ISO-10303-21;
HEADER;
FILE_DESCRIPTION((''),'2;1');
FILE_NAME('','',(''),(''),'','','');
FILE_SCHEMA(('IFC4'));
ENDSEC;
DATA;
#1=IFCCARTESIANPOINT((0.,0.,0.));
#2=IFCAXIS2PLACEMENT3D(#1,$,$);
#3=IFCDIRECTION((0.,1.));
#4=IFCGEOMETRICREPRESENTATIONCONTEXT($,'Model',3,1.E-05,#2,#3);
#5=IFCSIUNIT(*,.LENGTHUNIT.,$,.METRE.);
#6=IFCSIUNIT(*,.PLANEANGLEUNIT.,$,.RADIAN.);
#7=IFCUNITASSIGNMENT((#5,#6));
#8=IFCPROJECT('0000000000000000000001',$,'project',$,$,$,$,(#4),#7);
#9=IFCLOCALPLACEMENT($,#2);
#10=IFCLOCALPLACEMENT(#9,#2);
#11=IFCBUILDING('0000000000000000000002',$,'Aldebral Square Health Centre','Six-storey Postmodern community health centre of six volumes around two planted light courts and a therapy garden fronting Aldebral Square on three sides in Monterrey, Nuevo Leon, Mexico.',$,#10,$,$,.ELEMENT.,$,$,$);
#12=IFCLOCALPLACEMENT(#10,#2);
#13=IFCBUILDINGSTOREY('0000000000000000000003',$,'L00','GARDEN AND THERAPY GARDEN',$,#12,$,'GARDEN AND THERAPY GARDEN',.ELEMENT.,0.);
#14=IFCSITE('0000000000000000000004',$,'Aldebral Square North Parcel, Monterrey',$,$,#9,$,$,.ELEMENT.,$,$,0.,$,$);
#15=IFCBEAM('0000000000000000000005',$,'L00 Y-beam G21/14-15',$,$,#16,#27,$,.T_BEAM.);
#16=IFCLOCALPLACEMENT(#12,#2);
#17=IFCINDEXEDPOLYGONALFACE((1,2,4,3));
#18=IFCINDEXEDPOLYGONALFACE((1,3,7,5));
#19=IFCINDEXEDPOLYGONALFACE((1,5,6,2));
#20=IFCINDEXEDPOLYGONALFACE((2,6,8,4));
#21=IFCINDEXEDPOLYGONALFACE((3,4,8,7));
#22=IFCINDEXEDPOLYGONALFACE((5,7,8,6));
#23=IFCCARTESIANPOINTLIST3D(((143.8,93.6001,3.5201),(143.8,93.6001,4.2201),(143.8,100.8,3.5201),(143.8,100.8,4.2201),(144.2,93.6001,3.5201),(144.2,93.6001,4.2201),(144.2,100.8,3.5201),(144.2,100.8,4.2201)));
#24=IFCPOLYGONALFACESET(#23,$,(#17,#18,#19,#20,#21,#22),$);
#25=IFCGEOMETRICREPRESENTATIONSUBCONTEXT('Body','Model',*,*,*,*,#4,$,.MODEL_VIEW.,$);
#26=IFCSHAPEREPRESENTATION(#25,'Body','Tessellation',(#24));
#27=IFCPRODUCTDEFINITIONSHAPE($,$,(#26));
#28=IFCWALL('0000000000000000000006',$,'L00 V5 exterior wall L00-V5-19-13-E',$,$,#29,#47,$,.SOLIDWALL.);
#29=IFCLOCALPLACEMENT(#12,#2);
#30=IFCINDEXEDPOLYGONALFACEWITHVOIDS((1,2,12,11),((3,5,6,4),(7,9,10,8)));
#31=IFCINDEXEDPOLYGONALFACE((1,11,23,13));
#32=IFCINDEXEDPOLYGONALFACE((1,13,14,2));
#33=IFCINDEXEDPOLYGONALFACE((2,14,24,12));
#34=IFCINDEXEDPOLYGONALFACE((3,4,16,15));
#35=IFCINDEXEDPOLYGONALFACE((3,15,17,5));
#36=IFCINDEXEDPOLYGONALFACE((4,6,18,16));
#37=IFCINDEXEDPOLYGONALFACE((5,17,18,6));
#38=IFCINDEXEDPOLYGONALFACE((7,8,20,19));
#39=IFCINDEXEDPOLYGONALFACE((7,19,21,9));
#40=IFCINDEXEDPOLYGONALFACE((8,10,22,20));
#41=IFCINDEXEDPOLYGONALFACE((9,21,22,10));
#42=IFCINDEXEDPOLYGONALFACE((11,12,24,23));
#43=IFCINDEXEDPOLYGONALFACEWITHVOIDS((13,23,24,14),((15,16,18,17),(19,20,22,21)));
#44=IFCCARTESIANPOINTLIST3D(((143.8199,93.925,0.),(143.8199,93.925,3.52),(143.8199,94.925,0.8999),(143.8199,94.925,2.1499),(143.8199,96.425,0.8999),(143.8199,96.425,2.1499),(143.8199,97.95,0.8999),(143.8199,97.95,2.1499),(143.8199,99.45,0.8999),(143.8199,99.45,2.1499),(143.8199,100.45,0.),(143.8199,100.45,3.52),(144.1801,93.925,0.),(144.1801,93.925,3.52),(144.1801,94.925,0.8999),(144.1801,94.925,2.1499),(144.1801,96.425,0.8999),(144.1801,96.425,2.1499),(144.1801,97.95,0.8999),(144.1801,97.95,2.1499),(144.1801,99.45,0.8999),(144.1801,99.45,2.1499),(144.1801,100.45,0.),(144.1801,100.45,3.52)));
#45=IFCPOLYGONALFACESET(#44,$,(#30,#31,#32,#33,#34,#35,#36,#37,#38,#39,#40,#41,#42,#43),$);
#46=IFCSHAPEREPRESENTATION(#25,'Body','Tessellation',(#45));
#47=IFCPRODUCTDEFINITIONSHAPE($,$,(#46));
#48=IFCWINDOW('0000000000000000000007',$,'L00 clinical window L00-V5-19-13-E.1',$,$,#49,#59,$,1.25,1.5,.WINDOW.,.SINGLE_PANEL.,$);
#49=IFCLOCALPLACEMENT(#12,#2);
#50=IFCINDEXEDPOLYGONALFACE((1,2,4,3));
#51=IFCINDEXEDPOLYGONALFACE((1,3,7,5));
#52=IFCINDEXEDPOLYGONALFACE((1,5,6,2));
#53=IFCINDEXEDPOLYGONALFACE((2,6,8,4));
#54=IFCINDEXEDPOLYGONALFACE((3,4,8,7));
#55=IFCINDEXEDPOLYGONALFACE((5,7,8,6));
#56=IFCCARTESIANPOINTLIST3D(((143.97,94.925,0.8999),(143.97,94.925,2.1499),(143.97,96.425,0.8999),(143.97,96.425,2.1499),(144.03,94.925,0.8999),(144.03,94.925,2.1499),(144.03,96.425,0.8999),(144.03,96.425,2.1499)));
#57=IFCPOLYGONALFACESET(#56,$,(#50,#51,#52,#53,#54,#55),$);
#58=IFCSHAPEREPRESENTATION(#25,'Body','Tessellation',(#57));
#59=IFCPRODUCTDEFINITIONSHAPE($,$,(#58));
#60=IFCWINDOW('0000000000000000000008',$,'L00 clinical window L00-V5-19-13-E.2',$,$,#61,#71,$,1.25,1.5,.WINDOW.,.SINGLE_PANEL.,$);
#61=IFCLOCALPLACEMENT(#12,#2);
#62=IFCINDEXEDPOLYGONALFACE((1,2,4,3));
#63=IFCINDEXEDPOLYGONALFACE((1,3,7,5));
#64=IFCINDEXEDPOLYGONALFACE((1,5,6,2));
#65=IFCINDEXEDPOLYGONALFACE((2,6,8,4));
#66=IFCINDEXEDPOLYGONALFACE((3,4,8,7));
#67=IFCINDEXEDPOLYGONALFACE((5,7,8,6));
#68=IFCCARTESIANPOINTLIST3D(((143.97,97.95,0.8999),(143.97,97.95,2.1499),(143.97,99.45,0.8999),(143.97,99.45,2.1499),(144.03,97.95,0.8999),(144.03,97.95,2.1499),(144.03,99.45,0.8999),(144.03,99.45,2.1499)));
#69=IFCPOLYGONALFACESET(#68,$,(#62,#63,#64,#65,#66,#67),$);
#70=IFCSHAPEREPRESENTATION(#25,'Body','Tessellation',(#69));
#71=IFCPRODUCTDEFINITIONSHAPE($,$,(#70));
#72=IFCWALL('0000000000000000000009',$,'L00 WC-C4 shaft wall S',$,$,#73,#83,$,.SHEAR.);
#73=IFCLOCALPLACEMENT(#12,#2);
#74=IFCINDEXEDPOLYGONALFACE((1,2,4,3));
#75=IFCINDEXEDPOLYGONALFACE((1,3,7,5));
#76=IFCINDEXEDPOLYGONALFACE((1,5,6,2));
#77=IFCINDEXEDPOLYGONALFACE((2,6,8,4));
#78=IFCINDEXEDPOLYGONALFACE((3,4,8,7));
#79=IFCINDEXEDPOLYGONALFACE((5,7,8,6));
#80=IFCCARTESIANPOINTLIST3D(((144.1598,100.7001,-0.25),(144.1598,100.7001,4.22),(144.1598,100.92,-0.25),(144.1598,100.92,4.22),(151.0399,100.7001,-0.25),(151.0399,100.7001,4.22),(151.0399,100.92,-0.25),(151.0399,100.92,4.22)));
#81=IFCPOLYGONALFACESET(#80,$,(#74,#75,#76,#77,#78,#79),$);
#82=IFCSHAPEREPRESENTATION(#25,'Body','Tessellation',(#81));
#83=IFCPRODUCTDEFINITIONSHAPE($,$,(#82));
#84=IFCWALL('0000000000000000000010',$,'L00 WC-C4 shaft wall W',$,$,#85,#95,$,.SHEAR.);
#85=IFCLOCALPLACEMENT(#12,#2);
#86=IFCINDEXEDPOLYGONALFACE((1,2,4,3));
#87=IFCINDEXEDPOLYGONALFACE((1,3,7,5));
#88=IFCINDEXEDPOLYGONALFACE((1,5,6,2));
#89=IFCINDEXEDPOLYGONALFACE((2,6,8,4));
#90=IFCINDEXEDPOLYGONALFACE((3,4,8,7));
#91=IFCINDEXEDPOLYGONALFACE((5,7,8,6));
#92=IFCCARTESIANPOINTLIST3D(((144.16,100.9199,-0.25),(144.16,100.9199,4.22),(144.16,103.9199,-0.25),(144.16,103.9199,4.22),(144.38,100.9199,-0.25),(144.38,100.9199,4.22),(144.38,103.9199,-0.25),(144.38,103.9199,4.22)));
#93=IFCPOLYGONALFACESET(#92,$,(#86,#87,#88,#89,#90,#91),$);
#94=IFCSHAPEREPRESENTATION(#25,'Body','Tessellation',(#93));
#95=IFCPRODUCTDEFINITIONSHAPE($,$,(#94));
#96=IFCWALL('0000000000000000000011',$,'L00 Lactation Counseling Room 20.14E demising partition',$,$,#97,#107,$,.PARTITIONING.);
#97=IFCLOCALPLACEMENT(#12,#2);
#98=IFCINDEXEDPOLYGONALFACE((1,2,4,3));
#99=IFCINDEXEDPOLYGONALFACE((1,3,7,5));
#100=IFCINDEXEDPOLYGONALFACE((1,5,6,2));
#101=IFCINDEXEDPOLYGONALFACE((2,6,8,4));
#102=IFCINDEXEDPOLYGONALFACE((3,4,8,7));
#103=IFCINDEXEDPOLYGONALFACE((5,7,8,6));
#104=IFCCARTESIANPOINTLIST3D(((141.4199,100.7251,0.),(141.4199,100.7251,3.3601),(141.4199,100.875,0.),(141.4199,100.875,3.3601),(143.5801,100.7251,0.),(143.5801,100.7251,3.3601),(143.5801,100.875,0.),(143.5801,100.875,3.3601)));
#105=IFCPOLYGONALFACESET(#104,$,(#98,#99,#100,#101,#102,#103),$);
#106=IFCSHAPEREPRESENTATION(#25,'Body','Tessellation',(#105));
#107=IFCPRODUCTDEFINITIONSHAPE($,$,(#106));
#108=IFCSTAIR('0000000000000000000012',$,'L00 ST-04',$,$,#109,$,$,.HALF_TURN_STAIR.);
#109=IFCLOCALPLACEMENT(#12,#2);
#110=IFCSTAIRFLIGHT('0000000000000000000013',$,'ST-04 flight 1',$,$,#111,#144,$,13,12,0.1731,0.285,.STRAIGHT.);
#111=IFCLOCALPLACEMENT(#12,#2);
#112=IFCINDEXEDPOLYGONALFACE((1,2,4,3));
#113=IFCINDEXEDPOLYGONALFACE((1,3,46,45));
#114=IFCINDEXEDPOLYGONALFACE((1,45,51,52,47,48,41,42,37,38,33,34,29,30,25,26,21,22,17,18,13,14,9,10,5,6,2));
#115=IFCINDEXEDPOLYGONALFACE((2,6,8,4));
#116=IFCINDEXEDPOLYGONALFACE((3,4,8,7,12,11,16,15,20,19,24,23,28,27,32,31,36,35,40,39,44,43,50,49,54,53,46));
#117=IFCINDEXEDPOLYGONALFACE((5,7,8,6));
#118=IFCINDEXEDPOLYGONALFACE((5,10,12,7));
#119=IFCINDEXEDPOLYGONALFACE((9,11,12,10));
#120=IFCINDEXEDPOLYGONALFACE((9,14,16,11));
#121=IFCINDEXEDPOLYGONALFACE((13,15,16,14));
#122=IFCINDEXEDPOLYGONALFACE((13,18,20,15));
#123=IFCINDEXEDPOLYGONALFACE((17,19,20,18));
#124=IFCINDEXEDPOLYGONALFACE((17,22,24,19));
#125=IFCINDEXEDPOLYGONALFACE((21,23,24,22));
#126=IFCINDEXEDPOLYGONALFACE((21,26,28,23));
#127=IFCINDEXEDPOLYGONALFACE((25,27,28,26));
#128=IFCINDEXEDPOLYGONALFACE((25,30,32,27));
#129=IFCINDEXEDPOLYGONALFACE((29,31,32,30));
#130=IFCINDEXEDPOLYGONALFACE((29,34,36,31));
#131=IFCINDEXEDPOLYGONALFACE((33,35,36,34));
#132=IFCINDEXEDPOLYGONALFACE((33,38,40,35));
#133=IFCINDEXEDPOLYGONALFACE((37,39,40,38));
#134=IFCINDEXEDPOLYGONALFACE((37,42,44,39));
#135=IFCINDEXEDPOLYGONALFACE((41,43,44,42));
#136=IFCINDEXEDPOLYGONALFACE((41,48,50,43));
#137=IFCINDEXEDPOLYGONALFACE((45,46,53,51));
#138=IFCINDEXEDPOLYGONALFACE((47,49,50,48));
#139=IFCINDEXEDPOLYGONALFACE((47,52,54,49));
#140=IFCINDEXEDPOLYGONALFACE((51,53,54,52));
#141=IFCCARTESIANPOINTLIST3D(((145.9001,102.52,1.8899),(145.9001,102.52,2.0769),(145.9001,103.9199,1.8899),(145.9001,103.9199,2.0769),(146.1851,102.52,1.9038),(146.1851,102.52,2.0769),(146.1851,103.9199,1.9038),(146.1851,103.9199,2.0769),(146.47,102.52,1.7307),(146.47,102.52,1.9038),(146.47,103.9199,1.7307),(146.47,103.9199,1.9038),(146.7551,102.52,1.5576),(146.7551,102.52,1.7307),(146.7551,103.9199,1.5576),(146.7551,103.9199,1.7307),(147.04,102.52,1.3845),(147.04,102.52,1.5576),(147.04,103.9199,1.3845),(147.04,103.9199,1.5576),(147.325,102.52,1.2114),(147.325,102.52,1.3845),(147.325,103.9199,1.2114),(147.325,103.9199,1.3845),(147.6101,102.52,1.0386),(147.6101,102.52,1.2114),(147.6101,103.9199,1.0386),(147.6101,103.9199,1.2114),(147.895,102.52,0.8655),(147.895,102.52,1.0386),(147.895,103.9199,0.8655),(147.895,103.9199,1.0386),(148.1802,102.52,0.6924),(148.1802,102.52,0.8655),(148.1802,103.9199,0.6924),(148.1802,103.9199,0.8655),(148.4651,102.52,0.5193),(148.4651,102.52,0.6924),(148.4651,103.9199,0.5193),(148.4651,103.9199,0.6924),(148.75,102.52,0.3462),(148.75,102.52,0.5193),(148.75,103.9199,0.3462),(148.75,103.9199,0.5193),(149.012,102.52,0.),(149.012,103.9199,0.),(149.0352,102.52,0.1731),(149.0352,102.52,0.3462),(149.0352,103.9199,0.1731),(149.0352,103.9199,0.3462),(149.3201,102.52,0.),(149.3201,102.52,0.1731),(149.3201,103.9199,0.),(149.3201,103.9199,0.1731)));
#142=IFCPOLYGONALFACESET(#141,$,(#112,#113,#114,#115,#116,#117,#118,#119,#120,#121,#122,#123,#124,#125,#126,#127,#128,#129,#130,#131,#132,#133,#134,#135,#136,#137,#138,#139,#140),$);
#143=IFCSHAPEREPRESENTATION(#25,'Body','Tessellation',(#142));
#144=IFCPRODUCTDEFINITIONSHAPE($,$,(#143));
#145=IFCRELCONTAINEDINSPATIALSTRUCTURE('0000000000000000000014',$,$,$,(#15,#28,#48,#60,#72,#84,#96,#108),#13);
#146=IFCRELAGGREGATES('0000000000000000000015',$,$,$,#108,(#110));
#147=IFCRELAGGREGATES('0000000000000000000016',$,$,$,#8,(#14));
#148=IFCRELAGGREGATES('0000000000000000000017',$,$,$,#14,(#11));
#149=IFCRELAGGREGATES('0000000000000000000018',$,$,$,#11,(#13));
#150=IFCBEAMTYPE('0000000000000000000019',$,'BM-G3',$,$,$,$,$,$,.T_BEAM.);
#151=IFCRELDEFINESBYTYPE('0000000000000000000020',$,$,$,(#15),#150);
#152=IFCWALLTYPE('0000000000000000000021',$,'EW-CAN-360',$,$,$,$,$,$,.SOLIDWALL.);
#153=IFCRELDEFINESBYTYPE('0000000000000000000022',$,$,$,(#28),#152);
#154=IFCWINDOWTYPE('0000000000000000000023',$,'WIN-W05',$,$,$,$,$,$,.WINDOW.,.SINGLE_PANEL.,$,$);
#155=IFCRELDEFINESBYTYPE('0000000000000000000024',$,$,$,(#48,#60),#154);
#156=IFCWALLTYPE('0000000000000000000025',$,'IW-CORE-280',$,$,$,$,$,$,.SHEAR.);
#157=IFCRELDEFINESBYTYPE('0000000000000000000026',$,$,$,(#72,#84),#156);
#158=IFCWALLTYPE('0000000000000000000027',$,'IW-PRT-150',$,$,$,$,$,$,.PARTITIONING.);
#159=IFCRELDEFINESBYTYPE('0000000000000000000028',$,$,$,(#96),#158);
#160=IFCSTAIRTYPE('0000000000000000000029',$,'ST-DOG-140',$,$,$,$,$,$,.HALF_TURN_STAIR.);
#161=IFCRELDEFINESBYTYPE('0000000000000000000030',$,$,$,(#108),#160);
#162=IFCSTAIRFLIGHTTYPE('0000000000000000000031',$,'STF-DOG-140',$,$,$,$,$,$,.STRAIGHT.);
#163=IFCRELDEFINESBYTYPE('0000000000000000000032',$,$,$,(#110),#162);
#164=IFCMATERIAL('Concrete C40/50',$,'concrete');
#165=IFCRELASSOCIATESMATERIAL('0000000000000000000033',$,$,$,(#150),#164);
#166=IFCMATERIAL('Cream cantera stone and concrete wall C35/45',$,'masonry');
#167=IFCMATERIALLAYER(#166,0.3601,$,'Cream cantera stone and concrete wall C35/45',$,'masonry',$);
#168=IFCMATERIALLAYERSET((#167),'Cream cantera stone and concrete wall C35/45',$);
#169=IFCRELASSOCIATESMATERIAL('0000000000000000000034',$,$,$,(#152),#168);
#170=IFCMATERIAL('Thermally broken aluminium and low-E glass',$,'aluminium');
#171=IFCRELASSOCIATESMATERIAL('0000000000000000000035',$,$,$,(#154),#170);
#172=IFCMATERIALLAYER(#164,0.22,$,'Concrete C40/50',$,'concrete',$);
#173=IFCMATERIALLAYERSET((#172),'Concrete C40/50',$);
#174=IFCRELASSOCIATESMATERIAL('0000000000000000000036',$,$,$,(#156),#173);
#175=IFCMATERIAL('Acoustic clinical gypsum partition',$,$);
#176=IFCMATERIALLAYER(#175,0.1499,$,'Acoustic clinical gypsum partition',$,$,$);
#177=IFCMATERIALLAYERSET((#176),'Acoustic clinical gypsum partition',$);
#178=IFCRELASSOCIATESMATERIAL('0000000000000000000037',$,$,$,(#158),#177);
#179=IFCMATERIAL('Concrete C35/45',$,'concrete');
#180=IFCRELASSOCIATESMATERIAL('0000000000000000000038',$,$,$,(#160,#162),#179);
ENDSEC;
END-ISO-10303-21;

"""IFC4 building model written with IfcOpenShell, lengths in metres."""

from ifc_helpers import new_model, si_unit, direction, frame, frame_2d, origin, origin_2d, place, context, subcontext, project, spatial, polyline, rectangle, outline, extrude, material, layer, layer_set, material_profile, profile_set, type_object, element, fill, aggregate, save


model = new_model("IFC4")

# Units and contexts
model_context = context("Model", 3, precision=1e-05, world=origin(), true_north=direction((0.0, 1.0)))
body_context = subcontext(model_context, "Body", "Model", "MODEL_VIEW")
ifc_project = project(units=[si_unit("LENGTHUNIT", "METRE"), si_unit("PLANEANGLEUNIT", "RADIAN")], contexts=[model_context])

# Site, building, storey
site_placement = place(None, origin())
site = spatial("IfcSite", under=ifc_project, at=site_placement, Name="Aldebral Square North Parcel, Monterrey", CompositionType="ELEMENT", RefElevation=0.0)
building_placement = place(site_placement, origin())
building = spatial("IfcBuilding", under=site, at=building_placement, Name="Aldebral Square Health Centre", Description="Six-storey Postmodern community health centre of six volumes around two planted light courts and a therapy garden fronting Aldebral Square on three sides in Monterrey, Nuevo Leon, Mexico.", CompositionType="ELEMENT")
storey_placement = place(building_placement, origin())
storey = spatial("IfcBuildingStorey", under=building, at=storey_placement, Name="L00", Description="GARDEN AND THERAPY GARDEN", LongName="GARDEN AND THERAPY GARDEN", CompositionType="ELEMENT", Elevation=0.0)

# Shared definitions
ifc_material_1 = material(Name="Concrete C35/45", Category="concrete")

# Shared definitions
ifc_material_2 = material(Name="Concrete C40/50", Category="concrete")

# Beam
ifc_material_profile_1 = material_profile(ifc_material_2, rectangle(XDim=0.3999, YDim=0.7, at=origin_2d()), Name="RC 400x700")
ifc_profile_set_1 = profile_set([ifc_material_profile_1], Name="Concrete C40/50")
beam_type_1 = type_object("IfcBeamType", Name="BM-G3", PredefinedType="T_BEAM", material=ifc_profile_set_1)
beam_1_placement = place(storey_placement, frame((144.0, 93.6001, 3.8701), z_axis=(0.0, 1.0, 0.0), x_axis=(-1.0, 0.0, 0.0)))
element("IfcBeam", 1, at=beam_1_placement, inside=storey, type_object=beam_type_1, Name="L00 Y-beam G21/14-15", PredefinedType="T_BEAM", context=body_context, shape_type="SweptSolid", body=[
    extrude(rectangle(XDim=0.3999, YDim=0.7, at=origin_2d()), origin(), (0.0, 0.0, 1.0), 7.2),
])

# Wall, openings, windows
ifc_material_3 = material(Name="Cream cantera stone and concrete wall C35/45", Category="masonry")
ifc_layer_1 = layer(ifc_material_3, 0.3601, Name="Cream cantera stone and concrete wall C35/45", Category="masonry")
ifc_layer_set_1 = layer_set([ifc_layer_1], Name="Cream cantera stone and concrete wall C35/45")
wall_type_1 = type_object("IfcWallType", Name="EW-CAN-360", PredefinedType="SOLIDWALL", material=ifc_layer_set_1)
wall_1_placement = place(storey_placement, frame((144.0, 93.925, 0.0), z_axis=(0.0, 0.0, 1.0), x_axis=(0.0, 1.0, 0.0)))
wall_1 = element("IfcWall", 2, at=wall_1_placement, inside=storey, type_object=wall_type_1, Name="L00 V5 exterior wall L00-V5-19-13-E", PredefinedType="SOLIDWALL", context=body_context, shape_type="SweptSolid", body=[
    extrude(rectangle(XDim=6.5249, YDim=0.3601, at=frame_2d((3.2625, 0.0))), origin(), (0.0, 0.0, 1.0), 3.52),
])
opening_1_placement = place(wall_1_placement, frame((1.0, 0.0, 0.8999)))
opening_1 = element("IfcOpeningElement", 3, at=opening_1_placement, cuts=wall_1, PredefinedType="OPENING", context=body_context, shape_type="SweptSolid", body=[
    extrude(rectangle(XDim=1.5, YDim=1.25, at=frame_2d((0.75, 0.625))), frame((0.0, 0.1899, 0.0), z_axis=(0.0, -1.0, 0.0), x_axis=(1.0, 0.0, 0.0)), (0.0, 0.0, 1.0), 0.3801),
])
opening_2_placement = place(wall_1_placement, frame((4.0249, 0.0, 0.8999)))
opening_2 = element("IfcOpeningElement", 4, at=opening_2_placement, cuts=wall_1, PredefinedType="OPENING", context=body_context, shape_type="SweptSolid", body=[
    extrude(rectangle(XDim=1.5, YDim=1.25, at=frame_2d((0.75, 0.625))), frame((0.0, 0.1899, 0.0), z_axis=(0.0, -1.0, 0.0), x_axis=(1.0, 0.0, 0.0)), (0.0, 0.0, 1.0), 0.3801),
])
ifc_material_4 = material(Name="Thermally broken aluminium and low-E glass", Category="aluminium")
window_type = type_object("IfcWindowType", Name="WIN-W05", PartitioningType="SINGLE_PANEL", PredefinedType="WINDOW", material=ifc_material_4)
window_1_placement = place(opening_1_placement, origin())
window_1 = element("IfcWindow", 5, at=window_1_placement, inside=storey, type_object=window_type, Name="L00 clinical window L00-V5-19-13-E.1", OverallHeight=1.25, OverallWidth=1.5, PartitioningType="SINGLE_PANEL", PredefinedType="WINDOW", context=body_context, shape_type="SweptSolid", body=[
    extrude(rectangle(XDim=1.5, YDim=1.25, at=frame_2d((0.75, 0.625))), frame((0.0, 0.03, 0.0), z_axis=(0.0, -1.0, 0.0), x_axis=(1.0, 0.0, 0.0)), (0.0, 0.0, 1.0), 0.0601),
])
fill(opening_1, window_1)
window_2_placement = place(opening_2_placement, origin())
window_2 = element("IfcWindow", 6, at=window_2_placement, inside=storey, type_object=window_type, Name="L00 clinical window L00-V5-19-13-E.2", OverallHeight=1.25, OverallWidth=1.5, PartitioningType="SINGLE_PANEL", PredefinedType="WINDOW", context=body_context, shape_type="SweptSolid", body=[
    extrude(rectangle(XDim=1.5, YDim=1.25, at=frame_2d((0.75, 0.625))), frame((0.0, 0.03, 0.0), z_axis=(0.0, -1.0, 0.0), x_axis=(1.0, 0.0, 0.0)), (0.0, 0.0, 1.0), 0.0601),
])
fill(opening_2, window_2)

# Walls
ifc_layer_2 = layer(ifc_material_2, 0.22, Name="Concrete C40/50", Category="concrete")
ifc_layer_set_2 = layer_set([ifc_layer_2], Name="Concrete C40/50")
wall_type_2 = type_object("IfcWallType", Name="IW-CORE-280", PredefinedType="SHEAR", material=ifc_layer_set_2)
wall_2_placement = place(storey_placement, frame((144.1599, 100.8101, -0.25), z_axis=(0.0, 0.0, 1.0), x_axis=(1.0, 0.0, 0.0)))
element("IfcWall", 7, at=wall_2_placement, inside=storey, type_object=wall_type_2, Name="L00 WC-C4 shaft wall S", PredefinedType="SHEAR", context=body_context, shape_type="SweptSolid", body=[
    extrude(rectangle(XDim=6.8801, YDim=0.22, at=frame_2d((3.4399, 0.0))), origin(), (0.0, 0.0, 1.0), 4.47),
])
wall_3_placement = place(storey_placement, frame((144.27, 100.9199, -0.25), z_axis=(0.0, 0.0, 1.0), x_axis=(0.0, 1.0, 0.0)))
element("IfcWall", 8, at=wall_3_placement, inside=storey, type_object=wall_type_2, Name="L00 WC-C4 shaft wall W", PredefinedType="SHEAR", context=body_context, shape_type="SweptSolid", body=[
    extrude(rectangle(XDim=3.0, YDim=0.22, at=frame_2d((1.5, 0.0))), origin(), (0.0, 0.0, 1.0), 4.47),
])
ifc_material_5 = material(Name="Acoustic clinical gypsum partition")
ifc_layer_3 = layer(ifc_material_5, 0.1499, Name="Acoustic clinical gypsum partition")
ifc_layer_set_3 = layer_set([ifc_layer_3], Name="Acoustic clinical gypsum partition")
wall_type_3 = type_object("IfcWallType", Name="IW-PRT-150", PredefinedType="PARTITIONING", material=ifc_layer_set_3)
wall_4_placement = place(storey_placement, frame((141.4199, 100.8, 0.0), z_axis=(0.0, 0.0, 1.0), x_axis=(1.0, 0.0, 0.0)))
element("IfcWall", 9, at=wall_4_placement, inside=storey, type_object=wall_type_3, Name="L00 Lactation Counseling Room 20.14E demising partition", PredefinedType="PARTITIONING", context=body_context, shape_type="SweptSolid", body=[
    extrude(rectangle(XDim=2.1602, YDim=0.1499, at=frame_2d((1.0801, 0.0))), origin(), (0.0, 0.0, 1.0), 3.3601),
])

# Stair, stair flight
stair_type = type_object("IfcStairType", Name="ST-DOG-140", PredefinedType="HALF_TURN_STAIR", material=ifc_material_1)
stair_placement = place(storey_placement, origin())
stair = element("IfcStair", 10, at=stair_placement, inside=storey, type_object=stair_type, Name="L00 ST-04", PredefinedType="HALF_TURN_STAIR")
stair_flight_type = type_object("IfcStairFlightType", Name="STF-DOG-140", PredefinedType="STRAIGHT", material=ifc_material_1)
stair_flight_1_placement = place(storey_placement, frame((149.3201, 103.22, 0.0), z_axis=(0.0, 0.0, 1.0), x_axis=(-1.0, 0.0, 0.0)))
stair_flight_1 = element("IfcStairFlight", 11, at=stair_flight_1_placement, type_object=stair_flight_type, Name="ST-04 flight 1", NumberOfRisers=13, NumberOfTreads=12, PredefinedType="STRAIGHT", RiserHeight=0.1731, TreadLength=0.285, context=body_context, shape_type="SweptSolid", body=[
    extrude(outline(polyline([(0.0, 0.0), (0.0, 0.1731), (0.2849, 0.1731), (0.2849, 0.3462), (0.5701, 0.3462), (0.5701, 0.5193), (0.855, 0.5193), (0.855, 0.6924), (1.1399, 0.6924), (1.1399, 0.8655), (1.425, 0.8655), (1.425, 1.0386), (1.71, 1.0386), (1.71, 1.2114), (1.9951, 1.2114), (1.9951, 1.3845), (2.28, 1.3845), (2.28, 1.5576), (2.5649, 1.5576), (2.5649, 1.7307), (2.8501, 1.7307), (2.8501, 1.9038), (3.135, 1.9038), (3.135, 2.0769), (3.4199, 2.0769), (3.4199, 2.25), (3.4199, 1.8899), (0.3081, 0.0), (0.0, 0.0)])), frame((0.0, 0.7, 0.0), z_axis=(0.0, -1.0, 0.0), x_axis=(1.0, 0.0, 0.0)), (0.0, 0.0, 1.0), 1.3999),
])
aggregate(stair, [stair_flight_1])

save(model, "model.ifc")
